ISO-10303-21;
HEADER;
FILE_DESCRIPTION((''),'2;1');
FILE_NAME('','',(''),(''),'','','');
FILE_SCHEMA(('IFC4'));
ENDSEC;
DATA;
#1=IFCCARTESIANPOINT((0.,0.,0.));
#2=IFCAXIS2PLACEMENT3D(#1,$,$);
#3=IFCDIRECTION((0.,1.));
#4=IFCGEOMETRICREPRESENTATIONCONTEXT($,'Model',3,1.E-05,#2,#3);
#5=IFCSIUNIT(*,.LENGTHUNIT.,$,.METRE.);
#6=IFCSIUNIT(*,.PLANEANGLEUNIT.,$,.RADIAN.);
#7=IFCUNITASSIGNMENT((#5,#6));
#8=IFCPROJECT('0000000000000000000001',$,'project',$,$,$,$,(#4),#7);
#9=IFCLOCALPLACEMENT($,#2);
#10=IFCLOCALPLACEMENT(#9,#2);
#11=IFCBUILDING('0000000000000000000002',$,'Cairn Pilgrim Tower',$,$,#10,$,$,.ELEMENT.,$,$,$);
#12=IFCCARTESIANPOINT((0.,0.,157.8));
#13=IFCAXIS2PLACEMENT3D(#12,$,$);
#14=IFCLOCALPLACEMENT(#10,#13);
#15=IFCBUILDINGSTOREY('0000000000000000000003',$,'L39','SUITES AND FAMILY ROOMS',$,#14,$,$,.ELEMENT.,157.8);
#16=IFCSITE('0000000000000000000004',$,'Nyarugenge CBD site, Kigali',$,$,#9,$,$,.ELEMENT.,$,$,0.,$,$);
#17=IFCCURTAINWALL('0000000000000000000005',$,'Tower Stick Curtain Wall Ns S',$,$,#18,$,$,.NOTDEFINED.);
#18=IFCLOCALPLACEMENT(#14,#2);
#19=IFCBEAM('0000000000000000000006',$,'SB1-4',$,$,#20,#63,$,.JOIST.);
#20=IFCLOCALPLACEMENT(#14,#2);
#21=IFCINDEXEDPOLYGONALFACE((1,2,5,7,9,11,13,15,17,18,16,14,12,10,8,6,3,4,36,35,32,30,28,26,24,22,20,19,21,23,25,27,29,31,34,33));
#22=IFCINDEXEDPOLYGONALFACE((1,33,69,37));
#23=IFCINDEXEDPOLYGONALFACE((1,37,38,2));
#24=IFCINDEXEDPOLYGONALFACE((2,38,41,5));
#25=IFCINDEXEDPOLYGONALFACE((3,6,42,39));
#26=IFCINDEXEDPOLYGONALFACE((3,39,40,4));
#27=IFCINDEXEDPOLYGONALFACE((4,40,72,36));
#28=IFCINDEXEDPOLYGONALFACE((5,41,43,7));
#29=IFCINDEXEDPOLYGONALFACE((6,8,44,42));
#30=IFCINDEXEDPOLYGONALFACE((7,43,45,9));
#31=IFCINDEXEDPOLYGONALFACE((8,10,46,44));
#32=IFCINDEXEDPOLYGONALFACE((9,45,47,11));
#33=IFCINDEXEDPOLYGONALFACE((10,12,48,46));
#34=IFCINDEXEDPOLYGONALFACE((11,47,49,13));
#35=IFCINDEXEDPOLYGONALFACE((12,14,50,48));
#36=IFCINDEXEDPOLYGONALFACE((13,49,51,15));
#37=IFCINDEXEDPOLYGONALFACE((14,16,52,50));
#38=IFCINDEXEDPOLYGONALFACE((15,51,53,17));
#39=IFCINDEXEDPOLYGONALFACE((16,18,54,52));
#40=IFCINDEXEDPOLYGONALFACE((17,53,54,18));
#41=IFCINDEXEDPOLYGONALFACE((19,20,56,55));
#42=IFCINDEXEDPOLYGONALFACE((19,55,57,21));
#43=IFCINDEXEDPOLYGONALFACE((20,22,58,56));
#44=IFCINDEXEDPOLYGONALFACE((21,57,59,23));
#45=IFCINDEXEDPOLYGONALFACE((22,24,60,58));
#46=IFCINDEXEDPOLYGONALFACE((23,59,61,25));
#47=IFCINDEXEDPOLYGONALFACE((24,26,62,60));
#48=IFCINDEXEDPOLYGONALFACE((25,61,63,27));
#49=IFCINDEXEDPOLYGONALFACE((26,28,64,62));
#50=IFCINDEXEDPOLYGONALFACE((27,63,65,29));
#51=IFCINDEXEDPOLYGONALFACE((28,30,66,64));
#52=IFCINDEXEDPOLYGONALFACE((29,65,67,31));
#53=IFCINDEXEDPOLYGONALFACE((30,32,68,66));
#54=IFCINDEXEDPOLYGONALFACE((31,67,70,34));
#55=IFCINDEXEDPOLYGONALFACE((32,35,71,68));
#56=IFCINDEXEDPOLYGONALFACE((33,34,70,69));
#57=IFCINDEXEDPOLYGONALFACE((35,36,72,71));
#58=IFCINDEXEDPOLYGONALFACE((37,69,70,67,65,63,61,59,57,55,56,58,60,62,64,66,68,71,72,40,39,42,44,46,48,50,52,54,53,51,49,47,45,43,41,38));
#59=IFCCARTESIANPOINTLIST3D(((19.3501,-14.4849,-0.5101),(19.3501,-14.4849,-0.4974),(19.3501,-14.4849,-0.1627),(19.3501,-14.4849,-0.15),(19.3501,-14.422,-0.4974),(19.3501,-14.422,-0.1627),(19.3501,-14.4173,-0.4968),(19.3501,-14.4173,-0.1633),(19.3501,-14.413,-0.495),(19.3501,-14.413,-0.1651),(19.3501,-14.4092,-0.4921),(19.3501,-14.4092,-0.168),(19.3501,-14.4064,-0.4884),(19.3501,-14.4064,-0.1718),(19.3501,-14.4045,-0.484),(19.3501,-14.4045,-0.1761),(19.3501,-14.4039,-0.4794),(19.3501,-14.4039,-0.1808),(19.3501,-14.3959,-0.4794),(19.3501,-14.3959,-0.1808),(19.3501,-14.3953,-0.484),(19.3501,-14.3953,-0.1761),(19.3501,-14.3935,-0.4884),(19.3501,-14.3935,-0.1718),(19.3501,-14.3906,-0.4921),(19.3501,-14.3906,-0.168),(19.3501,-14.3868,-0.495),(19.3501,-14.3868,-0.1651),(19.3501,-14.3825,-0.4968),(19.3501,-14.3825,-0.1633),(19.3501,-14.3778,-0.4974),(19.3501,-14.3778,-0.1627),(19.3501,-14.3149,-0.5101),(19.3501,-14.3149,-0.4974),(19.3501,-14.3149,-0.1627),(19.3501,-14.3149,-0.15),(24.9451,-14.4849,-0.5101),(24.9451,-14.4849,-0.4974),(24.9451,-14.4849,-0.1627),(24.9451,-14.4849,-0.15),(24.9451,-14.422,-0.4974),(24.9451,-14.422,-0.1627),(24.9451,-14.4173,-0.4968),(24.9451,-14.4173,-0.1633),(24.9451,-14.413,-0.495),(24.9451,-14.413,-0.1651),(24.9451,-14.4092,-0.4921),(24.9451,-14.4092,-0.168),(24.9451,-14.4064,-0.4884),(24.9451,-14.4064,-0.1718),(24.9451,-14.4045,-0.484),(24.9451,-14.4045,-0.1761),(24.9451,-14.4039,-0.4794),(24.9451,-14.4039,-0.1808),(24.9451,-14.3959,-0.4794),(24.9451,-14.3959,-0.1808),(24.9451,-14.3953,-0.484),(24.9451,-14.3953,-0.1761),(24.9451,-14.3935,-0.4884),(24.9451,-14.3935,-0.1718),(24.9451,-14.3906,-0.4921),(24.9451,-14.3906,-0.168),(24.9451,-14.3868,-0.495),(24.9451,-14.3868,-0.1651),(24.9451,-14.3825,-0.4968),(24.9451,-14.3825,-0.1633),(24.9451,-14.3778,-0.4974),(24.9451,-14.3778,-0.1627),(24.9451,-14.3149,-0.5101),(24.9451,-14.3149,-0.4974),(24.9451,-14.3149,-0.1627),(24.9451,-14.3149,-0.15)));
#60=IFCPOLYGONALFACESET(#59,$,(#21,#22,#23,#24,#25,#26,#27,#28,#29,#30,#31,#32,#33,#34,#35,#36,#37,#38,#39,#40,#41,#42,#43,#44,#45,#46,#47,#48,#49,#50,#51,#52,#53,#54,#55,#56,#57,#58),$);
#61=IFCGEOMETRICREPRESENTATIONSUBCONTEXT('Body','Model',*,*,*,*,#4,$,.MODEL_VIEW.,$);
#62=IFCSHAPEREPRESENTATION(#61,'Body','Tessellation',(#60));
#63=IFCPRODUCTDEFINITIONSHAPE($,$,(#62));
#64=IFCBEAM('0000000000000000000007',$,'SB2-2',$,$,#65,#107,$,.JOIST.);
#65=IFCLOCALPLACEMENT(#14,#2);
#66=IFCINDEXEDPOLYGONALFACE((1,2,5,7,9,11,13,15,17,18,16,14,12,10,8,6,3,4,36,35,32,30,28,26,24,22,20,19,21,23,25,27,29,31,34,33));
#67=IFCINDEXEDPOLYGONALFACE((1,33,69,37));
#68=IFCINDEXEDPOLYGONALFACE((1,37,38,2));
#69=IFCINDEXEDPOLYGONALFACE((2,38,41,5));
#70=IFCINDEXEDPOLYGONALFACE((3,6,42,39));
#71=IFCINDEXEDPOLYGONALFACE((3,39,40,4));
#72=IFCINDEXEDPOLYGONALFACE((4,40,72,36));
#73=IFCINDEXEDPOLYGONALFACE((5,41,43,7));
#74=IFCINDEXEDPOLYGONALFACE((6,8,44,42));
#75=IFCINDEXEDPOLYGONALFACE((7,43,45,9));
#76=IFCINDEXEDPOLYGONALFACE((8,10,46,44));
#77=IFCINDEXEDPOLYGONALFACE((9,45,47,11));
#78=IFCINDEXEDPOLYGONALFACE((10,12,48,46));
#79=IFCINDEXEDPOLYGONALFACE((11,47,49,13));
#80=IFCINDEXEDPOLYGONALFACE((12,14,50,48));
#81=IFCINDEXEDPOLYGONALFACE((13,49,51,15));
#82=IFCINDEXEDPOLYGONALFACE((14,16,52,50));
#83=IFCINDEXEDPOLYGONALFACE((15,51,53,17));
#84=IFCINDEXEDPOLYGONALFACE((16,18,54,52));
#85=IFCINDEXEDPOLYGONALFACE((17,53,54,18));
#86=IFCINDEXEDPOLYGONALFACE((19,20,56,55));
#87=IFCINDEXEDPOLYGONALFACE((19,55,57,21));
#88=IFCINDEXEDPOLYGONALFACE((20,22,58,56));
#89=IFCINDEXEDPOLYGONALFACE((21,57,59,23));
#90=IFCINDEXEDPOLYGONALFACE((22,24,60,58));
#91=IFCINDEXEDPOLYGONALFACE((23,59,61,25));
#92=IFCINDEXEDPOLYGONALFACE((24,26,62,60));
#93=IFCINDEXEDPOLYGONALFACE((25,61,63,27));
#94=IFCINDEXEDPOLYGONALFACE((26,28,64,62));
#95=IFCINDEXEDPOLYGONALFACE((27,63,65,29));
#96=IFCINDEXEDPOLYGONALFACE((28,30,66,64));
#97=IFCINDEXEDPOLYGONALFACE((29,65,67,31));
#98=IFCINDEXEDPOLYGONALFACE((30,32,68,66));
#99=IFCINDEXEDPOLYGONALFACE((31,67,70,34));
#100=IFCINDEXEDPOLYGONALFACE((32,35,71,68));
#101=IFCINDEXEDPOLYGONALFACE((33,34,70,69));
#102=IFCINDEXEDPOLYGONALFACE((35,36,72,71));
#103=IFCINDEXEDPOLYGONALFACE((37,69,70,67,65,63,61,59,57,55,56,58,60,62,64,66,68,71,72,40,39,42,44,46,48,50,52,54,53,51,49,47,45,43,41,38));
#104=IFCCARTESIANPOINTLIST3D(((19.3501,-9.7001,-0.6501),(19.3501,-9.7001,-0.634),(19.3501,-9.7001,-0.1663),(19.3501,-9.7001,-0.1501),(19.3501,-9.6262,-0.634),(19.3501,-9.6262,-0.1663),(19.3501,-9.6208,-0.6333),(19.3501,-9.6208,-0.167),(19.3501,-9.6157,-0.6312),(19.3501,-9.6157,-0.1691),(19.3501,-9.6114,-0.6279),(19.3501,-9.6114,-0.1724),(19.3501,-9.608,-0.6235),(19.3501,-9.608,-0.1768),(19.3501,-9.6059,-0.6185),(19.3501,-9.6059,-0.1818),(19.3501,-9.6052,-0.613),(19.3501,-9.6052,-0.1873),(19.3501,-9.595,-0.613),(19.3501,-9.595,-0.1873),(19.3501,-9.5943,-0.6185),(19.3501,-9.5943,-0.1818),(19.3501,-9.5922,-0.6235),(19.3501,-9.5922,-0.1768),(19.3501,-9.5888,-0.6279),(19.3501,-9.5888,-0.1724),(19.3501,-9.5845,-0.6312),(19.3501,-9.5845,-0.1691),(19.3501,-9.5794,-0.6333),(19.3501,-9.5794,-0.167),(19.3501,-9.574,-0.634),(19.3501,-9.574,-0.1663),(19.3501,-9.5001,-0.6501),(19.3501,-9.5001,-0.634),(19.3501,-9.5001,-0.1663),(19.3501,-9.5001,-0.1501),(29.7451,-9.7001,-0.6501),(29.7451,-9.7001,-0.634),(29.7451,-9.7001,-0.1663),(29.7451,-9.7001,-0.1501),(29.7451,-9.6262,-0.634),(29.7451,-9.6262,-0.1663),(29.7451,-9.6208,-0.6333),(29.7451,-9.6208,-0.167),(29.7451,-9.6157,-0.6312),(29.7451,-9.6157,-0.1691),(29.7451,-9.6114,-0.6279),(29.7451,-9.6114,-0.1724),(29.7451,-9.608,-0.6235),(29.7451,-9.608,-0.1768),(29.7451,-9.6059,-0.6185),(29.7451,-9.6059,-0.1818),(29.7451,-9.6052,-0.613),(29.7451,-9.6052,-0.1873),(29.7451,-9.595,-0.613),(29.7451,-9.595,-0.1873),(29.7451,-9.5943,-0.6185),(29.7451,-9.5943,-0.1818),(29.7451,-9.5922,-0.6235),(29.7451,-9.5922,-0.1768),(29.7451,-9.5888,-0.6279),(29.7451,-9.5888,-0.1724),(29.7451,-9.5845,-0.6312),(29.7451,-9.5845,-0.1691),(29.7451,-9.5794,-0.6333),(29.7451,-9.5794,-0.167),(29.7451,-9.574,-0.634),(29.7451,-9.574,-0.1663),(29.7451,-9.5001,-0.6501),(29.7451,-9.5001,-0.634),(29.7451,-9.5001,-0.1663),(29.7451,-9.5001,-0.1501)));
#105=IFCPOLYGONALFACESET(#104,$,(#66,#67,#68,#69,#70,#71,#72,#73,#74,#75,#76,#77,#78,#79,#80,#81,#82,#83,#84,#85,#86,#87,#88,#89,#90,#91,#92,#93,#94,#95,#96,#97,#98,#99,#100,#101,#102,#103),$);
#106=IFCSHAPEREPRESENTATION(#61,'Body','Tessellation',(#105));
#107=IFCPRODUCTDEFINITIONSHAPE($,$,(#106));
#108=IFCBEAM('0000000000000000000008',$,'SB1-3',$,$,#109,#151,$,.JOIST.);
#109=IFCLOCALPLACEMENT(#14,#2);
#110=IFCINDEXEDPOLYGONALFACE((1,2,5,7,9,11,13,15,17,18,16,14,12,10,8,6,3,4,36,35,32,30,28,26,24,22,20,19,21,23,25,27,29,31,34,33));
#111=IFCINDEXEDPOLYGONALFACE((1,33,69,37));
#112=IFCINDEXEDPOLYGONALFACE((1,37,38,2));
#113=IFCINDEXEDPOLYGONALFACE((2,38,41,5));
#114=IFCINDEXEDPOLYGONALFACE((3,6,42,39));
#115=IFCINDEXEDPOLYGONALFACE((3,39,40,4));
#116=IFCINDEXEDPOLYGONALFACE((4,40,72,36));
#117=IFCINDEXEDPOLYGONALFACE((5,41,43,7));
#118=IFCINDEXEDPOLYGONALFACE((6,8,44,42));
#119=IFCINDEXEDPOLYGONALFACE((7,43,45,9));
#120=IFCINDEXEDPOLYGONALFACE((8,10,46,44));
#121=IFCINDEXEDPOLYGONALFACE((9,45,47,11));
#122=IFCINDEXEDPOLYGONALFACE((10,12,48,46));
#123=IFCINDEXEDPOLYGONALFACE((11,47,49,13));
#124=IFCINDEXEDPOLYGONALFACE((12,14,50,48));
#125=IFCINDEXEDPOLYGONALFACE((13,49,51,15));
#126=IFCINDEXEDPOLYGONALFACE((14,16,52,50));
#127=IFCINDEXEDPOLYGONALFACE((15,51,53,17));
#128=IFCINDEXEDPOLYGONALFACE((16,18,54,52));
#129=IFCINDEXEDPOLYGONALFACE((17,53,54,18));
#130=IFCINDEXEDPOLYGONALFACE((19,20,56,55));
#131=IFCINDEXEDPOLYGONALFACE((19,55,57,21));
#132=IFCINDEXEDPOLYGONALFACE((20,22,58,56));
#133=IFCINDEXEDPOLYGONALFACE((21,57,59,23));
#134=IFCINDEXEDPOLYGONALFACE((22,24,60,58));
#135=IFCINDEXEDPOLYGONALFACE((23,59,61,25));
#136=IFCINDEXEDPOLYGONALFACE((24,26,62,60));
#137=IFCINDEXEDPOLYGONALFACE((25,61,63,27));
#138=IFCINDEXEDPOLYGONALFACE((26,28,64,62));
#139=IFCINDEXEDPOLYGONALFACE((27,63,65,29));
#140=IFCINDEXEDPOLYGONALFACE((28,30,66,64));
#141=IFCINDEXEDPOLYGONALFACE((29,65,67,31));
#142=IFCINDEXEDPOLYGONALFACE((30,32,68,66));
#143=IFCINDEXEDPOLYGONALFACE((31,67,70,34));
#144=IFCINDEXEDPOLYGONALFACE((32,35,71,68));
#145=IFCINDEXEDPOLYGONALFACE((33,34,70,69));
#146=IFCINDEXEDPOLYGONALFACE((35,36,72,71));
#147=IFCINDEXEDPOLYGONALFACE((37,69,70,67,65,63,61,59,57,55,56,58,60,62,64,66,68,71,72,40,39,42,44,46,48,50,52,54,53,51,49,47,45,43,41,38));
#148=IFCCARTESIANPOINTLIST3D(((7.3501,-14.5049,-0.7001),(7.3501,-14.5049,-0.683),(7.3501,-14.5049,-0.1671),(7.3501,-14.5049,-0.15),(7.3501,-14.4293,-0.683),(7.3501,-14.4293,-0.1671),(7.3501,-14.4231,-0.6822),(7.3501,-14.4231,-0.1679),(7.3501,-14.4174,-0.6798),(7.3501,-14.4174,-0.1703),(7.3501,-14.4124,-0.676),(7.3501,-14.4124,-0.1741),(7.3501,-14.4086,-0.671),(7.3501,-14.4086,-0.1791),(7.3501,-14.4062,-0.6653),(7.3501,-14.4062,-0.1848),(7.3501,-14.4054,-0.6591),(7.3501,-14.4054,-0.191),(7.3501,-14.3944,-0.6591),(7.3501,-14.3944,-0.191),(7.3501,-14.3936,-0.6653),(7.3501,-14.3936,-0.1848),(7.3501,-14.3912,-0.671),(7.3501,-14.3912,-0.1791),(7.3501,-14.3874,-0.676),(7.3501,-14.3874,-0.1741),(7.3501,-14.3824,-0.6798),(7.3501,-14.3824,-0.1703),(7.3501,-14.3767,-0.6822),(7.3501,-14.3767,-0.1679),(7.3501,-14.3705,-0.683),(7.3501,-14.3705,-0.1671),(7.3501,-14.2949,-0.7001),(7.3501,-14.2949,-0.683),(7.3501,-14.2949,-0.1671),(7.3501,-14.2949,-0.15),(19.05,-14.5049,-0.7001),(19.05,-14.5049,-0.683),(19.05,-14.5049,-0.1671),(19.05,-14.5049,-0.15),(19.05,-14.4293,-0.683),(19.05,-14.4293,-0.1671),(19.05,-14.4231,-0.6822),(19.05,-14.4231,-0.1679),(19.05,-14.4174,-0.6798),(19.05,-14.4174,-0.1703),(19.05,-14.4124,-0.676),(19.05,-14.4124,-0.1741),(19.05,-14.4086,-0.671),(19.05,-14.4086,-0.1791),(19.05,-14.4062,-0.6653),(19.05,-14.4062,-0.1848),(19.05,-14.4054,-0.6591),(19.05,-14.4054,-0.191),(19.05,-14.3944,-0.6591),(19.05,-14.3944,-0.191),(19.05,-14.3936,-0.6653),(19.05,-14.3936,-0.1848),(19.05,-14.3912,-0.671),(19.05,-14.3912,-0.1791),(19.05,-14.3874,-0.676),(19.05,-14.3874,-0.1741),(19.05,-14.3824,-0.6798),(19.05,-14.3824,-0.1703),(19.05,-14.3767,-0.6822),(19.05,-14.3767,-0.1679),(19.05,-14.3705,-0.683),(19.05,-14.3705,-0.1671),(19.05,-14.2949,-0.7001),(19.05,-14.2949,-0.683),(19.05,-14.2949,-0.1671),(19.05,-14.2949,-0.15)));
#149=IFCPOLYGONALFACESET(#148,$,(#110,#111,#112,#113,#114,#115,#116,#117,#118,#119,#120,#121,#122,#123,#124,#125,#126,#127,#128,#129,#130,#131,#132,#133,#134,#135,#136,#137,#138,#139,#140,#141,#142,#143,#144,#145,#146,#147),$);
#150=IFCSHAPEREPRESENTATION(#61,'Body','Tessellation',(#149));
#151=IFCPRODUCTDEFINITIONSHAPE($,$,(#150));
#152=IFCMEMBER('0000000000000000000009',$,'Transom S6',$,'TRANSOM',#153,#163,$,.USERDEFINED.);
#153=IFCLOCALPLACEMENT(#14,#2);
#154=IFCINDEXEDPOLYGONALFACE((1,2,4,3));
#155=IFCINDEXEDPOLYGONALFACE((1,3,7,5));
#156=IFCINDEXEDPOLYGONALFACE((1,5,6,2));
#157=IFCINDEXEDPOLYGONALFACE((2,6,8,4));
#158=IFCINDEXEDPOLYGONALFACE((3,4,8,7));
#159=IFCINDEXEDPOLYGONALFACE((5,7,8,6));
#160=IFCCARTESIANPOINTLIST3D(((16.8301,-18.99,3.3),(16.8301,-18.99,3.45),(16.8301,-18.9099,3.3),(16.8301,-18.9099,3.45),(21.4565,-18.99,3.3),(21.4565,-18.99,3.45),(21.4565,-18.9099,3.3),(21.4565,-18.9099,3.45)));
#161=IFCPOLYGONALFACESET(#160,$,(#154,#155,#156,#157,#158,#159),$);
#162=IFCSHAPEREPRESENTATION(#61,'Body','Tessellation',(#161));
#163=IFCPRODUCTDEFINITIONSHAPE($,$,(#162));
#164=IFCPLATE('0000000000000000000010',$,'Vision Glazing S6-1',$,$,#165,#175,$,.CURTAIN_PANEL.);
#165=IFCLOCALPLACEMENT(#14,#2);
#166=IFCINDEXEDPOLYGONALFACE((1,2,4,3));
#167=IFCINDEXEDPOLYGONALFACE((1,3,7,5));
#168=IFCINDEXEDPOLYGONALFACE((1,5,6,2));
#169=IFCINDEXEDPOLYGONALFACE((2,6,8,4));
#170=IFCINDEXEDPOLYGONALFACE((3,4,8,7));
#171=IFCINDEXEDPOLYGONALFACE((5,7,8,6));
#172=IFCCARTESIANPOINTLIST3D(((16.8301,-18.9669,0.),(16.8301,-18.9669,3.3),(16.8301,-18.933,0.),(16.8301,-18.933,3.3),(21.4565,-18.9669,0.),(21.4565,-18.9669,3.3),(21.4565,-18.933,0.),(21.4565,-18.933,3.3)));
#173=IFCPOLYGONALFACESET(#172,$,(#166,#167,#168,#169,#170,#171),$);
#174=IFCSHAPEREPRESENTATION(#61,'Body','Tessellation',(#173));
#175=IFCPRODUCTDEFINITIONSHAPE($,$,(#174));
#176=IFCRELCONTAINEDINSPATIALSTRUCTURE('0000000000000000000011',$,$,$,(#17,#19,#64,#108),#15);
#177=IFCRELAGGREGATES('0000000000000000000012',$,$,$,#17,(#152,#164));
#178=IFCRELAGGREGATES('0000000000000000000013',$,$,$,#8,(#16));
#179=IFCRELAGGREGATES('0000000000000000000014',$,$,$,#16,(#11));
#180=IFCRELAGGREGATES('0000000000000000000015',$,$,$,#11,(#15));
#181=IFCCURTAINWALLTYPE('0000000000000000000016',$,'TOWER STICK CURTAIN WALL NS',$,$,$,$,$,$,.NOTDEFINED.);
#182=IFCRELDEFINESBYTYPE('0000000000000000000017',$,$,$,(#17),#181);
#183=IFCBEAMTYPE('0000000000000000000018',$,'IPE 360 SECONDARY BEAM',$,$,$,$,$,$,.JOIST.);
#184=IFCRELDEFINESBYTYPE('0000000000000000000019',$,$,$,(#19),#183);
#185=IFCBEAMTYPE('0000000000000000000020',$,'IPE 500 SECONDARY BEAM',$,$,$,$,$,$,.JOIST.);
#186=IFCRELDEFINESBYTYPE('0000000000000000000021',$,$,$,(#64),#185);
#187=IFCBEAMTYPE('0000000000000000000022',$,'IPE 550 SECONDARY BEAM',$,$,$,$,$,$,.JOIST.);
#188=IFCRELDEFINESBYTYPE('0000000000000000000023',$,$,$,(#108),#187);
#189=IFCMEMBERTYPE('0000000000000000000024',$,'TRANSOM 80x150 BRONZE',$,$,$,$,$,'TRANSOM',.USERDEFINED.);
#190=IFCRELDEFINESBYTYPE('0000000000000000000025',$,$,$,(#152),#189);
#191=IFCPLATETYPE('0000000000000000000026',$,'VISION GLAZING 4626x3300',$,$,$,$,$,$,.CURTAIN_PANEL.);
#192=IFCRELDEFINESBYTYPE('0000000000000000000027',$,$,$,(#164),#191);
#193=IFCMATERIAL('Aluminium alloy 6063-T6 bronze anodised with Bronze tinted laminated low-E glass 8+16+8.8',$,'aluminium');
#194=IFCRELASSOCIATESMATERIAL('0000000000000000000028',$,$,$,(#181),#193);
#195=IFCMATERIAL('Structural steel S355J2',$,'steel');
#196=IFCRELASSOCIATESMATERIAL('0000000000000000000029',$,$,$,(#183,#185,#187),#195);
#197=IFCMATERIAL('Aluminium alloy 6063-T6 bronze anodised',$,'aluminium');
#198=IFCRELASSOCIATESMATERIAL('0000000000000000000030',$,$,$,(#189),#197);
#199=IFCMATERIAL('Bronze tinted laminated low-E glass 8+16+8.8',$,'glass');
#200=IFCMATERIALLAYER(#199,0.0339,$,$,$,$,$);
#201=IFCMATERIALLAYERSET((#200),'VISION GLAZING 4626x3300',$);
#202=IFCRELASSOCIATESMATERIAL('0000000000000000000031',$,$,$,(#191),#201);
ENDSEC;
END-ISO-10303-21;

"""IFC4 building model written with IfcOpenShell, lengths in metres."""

from ifc_helpers import new_model, si_unit, direction, frame, origin, origin_2d, place, context, subcontext, project, spatial, rectangle, i_section, extrude, material, layer, layer_set, material_profile, profile_set, type_object, element, aggregate, save


model = new_model("IFC4")

# Units and contexts
model_context = context("Model", 3, precision=1e-05, world=origin(), true_north=direction((0.0, 1.0)))
body_context = subcontext(model_context, "Body", "Model", "MODEL_VIEW")
ifc_project = project(units=[si_unit("LENGTHUNIT", "METRE"), si_unit("PLANEANGLEUNIT", "RADIAN")], contexts=[model_context])

# Site, building, storey
site_placement = place(None, origin())
site = spatial("IfcSite", under=ifc_project, at=site_placement, Name="Nyarugenge CBD site, Kigali", CompositionType="ELEMENT", RefElevation=0.0)
building_placement = place(site_placement, origin())
building = spatial("IfcBuilding", under=site, at=building_placement, Name="Cairn Pilgrim Tower", CompositionType="ELEMENT")
storey_placement = place(building_placement, frame((0.0, 0.0, 157.8)))
storey = spatial("IfcBuildingStorey", under=building, at=storey_placement, Name="L39", Description="SUITES AND FAMILY ROOMS", CompositionType="ELEMENT", Elevation=157.8)

# Shared definitions
ifc_material_1 = material(Name="Structural steel S355J2", Category="steel")

# Curtain wall
ifc_material_2 = material(Name="Aluminium alloy 6063-T6 bronze anodised with Bronze tinted laminated low-E glass 8+16+8.8", Category="aluminium")
curtain_wall_type = type_object("IfcCurtainWallType", Name="TOWER STICK CURTAIN WALL NS", PredefinedType="NOTDEFINED", material=ifc_material_2)
curtain_wall_placement = place(storey_placement, origin())
curtain_wall = element("IfcCurtainWall", 1, at=curtain_wall_placement, inside=storey, type_object=curtain_wall_type, Name="Tower Stick Curtain Wall Ns S", PredefinedType="NOTDEFINED")
ifc_material_3 = material(Name="Aluminium alloy 6063-T6 bronze anodised", Category="aluminium")

# Beams
ifc_material_profile_1 = material_profile(ifc_material_1, i_section(OverallWidth=0.1699, OverallDepth=0.3601, WebThickness=0.0081, FlangeThickness=0.0127, FilletRadius=0.0181, at=origin_2d()), Name="IPE 360")
ifc_profile_set_1 = profile_set([ifc_material_profile_1], Name="Structural steel S355J2")
beam_type_1 = type_object("IfcBeamType", Name="IPE 360 SECONDARY BEAM", PredefinedType="JOIST", material=ifc_profile_set_1)
beam_1_placement = place(storey_placement, frame((19.3501, -14.3999, -0.3301), z_axis=(1.0, 0.0, 0.0), x_axis=(0.0, 1.0, 0.0)))
element("IfcBeam", 2, at=beam_1_placement, inside=storey, type_object=beam_type_1, Name="SB1-4", PredefinedType="JOIST", context=body_context, shape_type="SweptSolid", body=[
    extrude(i_section(OverallWidth=0.1699, OverallDepth=0.3601, WebThickness=0.0081, FlangeThickness=0.0127, FilletRadius=0.0181, at=origin_2d()), origin(), (0.0, 0.0, 1.0), 5.595),
])
ifc_material_profile_2 = material_profile(ifc_material_1, i_section(OverallWidth=0.2, OverallDepth=0.5, WebThickness=0.0103, FlangeThickness=0.0161, FilletRadius=0.021, at=origin_2d()), Name="IPE 500")
ifc_profile_set_2 = profile_set([ifc_material_profile_2], Name="Structural steel S355J2")
beam_type_2 = type_object("IfcBeamType", Name="IPE 500 SECONDARY BEAM", PredefinedType="JOIST", material=ifc_profile_set_2)
beam_2_placement = place(storey_placement, frame((19.3501, -9.6001, -0.4001), z_axis=(1.0, 0.0, 0.0), x_axis=(0.0, 1.0, 0.0)))
element("IfcBeam", 3, at=beam_2_placement, inside=storey, type_object=beam_type_2, Name="SB2-2", PredefinedType="JOIST", context=body_context, shape_type="SweptSolid", body=[
    extrude(i_section(OverallWidth=0.2, OverallDepth=0.5, WebThickness=0.0103, FlangeThickness=0.0161, FilletRadius=0.021, at=origin_2d()), origin(), (0.0, 0.0, 1.0), 10.395),
])
ifc_material_profile_3 = material_profile(ifc_material_1, i_section(OverallWidth=0.21, OverallDepth=0.55, WebThickness=0.011, FlangeThickness=0.0171, FilletRadius=0.0239, at=origin_2d()), Name="IPE 550")
ifc_profile_set_3 = profile_set([ifc_material_profile_3], Name="Structural steel S355J2")
beam_type_3 = type_object("IfcBeamType", Name="IPE 550 SECONDARY BEAM", PredefinedType="JOIST", material=ifc_profile_set_3)
beam_3_placement = place(storey_placement, frame((7.3501, -14.3999, -0.425), z_axis=(1.0, 0.0, 0.0), x_axis=(0.0, 1.0, 0.0)))
element("IfcBeam", 4, at=beam_3_placement, inside=storey, type_object=beam_type_3, Name="SB1-3", PredefinedType="JOIST", context=body_context, shape_type="SweptSolid", body=[
    extrude(i_section(OverallWidth=0.21, OverallDepth=0.55, WebThickness=0.011, FlangeThickness=0.0171, FilletRadius=0.0239, at=origin_2d()), origin(), (0.0, 0.0, 1.0), 11.7),
])

# Member
ifc_material_profile_4 = material_profile(ifc_material_3, rectangle(XDim=0.0801, YDim=0.1499, at=origin_2d()), Name="TRANSOM 80x150 BRONZE")
ifc_profile_set_4 = profile_set([ifc_material_profile_4], Name="Aluminium alloy 6063-T6 bronze anodised")
member_type_1 = type_object("IfcMemberType", Name="TRANSOM 80x150 BRONZE", ElementType="TRANSOM", PredefinedType="USERDEFINED", material=ifc_profile_set_4)
member_1_placement = place(storey_placement, frame((16.8301, -18.95, 3.375), z_axis=(1.0, 0.0, 0.0), x_axis=(0.0, 1.0, 0.0)))
member_1 = element("IfcMember", 5, at=member_1_placement, type_object=member_type_1, Name="Transom S6", ObjectType="TRANSOM", PredefinedType="USERDEFINED", context=body_context, shape_type="SweptSolid", body=[
    extrude(rectangle(XDim=0.0801, YDim=0.1499, at=origin_2d()), origin(), (0.0, 0.0, 1.0), 4.6265),
])

# Plate
ifc_material_4 = material(Name="Bronze tinted laminated low-E glass 8+16+8.8", Category="glass")
ifc_layer_1 = layer(ifc_material_4, 0.0339)
ifc_layer_set_1 = layer_set([ifc_layer_1], Name="VISION GLAZING 4626x3300")
plate_type = type_object("IfcPlateType", Name="VISION GLAZING 4626x3300", PredefinedType="CURTAIN_PANEL", material=ifc_layer_set_1)
plate_placement = place(storey_placement, frame((19.1433, -18.95, 0.0), z_axis=(0.0, 0.0, 1.0), x_axis=(1.0, 0.0, 0.0)))
plate = element("IfcPlate", 6, at=plate_placement, type_object=plate_type, Name="Vision Glazing S6-1", PredefinedType="CURTAIN_PANEL", context=body_context, shape_type="SweptSolid", body=[
    extrude(rectangle(XDim=4.6265, YDim=0.0339, at=origin_2d()), origin(), (0.0, 0.0, 1.0), 3.3),
])
aggregate(curtain_wall, [member_1, plate])

save(model, "model.ifc")
